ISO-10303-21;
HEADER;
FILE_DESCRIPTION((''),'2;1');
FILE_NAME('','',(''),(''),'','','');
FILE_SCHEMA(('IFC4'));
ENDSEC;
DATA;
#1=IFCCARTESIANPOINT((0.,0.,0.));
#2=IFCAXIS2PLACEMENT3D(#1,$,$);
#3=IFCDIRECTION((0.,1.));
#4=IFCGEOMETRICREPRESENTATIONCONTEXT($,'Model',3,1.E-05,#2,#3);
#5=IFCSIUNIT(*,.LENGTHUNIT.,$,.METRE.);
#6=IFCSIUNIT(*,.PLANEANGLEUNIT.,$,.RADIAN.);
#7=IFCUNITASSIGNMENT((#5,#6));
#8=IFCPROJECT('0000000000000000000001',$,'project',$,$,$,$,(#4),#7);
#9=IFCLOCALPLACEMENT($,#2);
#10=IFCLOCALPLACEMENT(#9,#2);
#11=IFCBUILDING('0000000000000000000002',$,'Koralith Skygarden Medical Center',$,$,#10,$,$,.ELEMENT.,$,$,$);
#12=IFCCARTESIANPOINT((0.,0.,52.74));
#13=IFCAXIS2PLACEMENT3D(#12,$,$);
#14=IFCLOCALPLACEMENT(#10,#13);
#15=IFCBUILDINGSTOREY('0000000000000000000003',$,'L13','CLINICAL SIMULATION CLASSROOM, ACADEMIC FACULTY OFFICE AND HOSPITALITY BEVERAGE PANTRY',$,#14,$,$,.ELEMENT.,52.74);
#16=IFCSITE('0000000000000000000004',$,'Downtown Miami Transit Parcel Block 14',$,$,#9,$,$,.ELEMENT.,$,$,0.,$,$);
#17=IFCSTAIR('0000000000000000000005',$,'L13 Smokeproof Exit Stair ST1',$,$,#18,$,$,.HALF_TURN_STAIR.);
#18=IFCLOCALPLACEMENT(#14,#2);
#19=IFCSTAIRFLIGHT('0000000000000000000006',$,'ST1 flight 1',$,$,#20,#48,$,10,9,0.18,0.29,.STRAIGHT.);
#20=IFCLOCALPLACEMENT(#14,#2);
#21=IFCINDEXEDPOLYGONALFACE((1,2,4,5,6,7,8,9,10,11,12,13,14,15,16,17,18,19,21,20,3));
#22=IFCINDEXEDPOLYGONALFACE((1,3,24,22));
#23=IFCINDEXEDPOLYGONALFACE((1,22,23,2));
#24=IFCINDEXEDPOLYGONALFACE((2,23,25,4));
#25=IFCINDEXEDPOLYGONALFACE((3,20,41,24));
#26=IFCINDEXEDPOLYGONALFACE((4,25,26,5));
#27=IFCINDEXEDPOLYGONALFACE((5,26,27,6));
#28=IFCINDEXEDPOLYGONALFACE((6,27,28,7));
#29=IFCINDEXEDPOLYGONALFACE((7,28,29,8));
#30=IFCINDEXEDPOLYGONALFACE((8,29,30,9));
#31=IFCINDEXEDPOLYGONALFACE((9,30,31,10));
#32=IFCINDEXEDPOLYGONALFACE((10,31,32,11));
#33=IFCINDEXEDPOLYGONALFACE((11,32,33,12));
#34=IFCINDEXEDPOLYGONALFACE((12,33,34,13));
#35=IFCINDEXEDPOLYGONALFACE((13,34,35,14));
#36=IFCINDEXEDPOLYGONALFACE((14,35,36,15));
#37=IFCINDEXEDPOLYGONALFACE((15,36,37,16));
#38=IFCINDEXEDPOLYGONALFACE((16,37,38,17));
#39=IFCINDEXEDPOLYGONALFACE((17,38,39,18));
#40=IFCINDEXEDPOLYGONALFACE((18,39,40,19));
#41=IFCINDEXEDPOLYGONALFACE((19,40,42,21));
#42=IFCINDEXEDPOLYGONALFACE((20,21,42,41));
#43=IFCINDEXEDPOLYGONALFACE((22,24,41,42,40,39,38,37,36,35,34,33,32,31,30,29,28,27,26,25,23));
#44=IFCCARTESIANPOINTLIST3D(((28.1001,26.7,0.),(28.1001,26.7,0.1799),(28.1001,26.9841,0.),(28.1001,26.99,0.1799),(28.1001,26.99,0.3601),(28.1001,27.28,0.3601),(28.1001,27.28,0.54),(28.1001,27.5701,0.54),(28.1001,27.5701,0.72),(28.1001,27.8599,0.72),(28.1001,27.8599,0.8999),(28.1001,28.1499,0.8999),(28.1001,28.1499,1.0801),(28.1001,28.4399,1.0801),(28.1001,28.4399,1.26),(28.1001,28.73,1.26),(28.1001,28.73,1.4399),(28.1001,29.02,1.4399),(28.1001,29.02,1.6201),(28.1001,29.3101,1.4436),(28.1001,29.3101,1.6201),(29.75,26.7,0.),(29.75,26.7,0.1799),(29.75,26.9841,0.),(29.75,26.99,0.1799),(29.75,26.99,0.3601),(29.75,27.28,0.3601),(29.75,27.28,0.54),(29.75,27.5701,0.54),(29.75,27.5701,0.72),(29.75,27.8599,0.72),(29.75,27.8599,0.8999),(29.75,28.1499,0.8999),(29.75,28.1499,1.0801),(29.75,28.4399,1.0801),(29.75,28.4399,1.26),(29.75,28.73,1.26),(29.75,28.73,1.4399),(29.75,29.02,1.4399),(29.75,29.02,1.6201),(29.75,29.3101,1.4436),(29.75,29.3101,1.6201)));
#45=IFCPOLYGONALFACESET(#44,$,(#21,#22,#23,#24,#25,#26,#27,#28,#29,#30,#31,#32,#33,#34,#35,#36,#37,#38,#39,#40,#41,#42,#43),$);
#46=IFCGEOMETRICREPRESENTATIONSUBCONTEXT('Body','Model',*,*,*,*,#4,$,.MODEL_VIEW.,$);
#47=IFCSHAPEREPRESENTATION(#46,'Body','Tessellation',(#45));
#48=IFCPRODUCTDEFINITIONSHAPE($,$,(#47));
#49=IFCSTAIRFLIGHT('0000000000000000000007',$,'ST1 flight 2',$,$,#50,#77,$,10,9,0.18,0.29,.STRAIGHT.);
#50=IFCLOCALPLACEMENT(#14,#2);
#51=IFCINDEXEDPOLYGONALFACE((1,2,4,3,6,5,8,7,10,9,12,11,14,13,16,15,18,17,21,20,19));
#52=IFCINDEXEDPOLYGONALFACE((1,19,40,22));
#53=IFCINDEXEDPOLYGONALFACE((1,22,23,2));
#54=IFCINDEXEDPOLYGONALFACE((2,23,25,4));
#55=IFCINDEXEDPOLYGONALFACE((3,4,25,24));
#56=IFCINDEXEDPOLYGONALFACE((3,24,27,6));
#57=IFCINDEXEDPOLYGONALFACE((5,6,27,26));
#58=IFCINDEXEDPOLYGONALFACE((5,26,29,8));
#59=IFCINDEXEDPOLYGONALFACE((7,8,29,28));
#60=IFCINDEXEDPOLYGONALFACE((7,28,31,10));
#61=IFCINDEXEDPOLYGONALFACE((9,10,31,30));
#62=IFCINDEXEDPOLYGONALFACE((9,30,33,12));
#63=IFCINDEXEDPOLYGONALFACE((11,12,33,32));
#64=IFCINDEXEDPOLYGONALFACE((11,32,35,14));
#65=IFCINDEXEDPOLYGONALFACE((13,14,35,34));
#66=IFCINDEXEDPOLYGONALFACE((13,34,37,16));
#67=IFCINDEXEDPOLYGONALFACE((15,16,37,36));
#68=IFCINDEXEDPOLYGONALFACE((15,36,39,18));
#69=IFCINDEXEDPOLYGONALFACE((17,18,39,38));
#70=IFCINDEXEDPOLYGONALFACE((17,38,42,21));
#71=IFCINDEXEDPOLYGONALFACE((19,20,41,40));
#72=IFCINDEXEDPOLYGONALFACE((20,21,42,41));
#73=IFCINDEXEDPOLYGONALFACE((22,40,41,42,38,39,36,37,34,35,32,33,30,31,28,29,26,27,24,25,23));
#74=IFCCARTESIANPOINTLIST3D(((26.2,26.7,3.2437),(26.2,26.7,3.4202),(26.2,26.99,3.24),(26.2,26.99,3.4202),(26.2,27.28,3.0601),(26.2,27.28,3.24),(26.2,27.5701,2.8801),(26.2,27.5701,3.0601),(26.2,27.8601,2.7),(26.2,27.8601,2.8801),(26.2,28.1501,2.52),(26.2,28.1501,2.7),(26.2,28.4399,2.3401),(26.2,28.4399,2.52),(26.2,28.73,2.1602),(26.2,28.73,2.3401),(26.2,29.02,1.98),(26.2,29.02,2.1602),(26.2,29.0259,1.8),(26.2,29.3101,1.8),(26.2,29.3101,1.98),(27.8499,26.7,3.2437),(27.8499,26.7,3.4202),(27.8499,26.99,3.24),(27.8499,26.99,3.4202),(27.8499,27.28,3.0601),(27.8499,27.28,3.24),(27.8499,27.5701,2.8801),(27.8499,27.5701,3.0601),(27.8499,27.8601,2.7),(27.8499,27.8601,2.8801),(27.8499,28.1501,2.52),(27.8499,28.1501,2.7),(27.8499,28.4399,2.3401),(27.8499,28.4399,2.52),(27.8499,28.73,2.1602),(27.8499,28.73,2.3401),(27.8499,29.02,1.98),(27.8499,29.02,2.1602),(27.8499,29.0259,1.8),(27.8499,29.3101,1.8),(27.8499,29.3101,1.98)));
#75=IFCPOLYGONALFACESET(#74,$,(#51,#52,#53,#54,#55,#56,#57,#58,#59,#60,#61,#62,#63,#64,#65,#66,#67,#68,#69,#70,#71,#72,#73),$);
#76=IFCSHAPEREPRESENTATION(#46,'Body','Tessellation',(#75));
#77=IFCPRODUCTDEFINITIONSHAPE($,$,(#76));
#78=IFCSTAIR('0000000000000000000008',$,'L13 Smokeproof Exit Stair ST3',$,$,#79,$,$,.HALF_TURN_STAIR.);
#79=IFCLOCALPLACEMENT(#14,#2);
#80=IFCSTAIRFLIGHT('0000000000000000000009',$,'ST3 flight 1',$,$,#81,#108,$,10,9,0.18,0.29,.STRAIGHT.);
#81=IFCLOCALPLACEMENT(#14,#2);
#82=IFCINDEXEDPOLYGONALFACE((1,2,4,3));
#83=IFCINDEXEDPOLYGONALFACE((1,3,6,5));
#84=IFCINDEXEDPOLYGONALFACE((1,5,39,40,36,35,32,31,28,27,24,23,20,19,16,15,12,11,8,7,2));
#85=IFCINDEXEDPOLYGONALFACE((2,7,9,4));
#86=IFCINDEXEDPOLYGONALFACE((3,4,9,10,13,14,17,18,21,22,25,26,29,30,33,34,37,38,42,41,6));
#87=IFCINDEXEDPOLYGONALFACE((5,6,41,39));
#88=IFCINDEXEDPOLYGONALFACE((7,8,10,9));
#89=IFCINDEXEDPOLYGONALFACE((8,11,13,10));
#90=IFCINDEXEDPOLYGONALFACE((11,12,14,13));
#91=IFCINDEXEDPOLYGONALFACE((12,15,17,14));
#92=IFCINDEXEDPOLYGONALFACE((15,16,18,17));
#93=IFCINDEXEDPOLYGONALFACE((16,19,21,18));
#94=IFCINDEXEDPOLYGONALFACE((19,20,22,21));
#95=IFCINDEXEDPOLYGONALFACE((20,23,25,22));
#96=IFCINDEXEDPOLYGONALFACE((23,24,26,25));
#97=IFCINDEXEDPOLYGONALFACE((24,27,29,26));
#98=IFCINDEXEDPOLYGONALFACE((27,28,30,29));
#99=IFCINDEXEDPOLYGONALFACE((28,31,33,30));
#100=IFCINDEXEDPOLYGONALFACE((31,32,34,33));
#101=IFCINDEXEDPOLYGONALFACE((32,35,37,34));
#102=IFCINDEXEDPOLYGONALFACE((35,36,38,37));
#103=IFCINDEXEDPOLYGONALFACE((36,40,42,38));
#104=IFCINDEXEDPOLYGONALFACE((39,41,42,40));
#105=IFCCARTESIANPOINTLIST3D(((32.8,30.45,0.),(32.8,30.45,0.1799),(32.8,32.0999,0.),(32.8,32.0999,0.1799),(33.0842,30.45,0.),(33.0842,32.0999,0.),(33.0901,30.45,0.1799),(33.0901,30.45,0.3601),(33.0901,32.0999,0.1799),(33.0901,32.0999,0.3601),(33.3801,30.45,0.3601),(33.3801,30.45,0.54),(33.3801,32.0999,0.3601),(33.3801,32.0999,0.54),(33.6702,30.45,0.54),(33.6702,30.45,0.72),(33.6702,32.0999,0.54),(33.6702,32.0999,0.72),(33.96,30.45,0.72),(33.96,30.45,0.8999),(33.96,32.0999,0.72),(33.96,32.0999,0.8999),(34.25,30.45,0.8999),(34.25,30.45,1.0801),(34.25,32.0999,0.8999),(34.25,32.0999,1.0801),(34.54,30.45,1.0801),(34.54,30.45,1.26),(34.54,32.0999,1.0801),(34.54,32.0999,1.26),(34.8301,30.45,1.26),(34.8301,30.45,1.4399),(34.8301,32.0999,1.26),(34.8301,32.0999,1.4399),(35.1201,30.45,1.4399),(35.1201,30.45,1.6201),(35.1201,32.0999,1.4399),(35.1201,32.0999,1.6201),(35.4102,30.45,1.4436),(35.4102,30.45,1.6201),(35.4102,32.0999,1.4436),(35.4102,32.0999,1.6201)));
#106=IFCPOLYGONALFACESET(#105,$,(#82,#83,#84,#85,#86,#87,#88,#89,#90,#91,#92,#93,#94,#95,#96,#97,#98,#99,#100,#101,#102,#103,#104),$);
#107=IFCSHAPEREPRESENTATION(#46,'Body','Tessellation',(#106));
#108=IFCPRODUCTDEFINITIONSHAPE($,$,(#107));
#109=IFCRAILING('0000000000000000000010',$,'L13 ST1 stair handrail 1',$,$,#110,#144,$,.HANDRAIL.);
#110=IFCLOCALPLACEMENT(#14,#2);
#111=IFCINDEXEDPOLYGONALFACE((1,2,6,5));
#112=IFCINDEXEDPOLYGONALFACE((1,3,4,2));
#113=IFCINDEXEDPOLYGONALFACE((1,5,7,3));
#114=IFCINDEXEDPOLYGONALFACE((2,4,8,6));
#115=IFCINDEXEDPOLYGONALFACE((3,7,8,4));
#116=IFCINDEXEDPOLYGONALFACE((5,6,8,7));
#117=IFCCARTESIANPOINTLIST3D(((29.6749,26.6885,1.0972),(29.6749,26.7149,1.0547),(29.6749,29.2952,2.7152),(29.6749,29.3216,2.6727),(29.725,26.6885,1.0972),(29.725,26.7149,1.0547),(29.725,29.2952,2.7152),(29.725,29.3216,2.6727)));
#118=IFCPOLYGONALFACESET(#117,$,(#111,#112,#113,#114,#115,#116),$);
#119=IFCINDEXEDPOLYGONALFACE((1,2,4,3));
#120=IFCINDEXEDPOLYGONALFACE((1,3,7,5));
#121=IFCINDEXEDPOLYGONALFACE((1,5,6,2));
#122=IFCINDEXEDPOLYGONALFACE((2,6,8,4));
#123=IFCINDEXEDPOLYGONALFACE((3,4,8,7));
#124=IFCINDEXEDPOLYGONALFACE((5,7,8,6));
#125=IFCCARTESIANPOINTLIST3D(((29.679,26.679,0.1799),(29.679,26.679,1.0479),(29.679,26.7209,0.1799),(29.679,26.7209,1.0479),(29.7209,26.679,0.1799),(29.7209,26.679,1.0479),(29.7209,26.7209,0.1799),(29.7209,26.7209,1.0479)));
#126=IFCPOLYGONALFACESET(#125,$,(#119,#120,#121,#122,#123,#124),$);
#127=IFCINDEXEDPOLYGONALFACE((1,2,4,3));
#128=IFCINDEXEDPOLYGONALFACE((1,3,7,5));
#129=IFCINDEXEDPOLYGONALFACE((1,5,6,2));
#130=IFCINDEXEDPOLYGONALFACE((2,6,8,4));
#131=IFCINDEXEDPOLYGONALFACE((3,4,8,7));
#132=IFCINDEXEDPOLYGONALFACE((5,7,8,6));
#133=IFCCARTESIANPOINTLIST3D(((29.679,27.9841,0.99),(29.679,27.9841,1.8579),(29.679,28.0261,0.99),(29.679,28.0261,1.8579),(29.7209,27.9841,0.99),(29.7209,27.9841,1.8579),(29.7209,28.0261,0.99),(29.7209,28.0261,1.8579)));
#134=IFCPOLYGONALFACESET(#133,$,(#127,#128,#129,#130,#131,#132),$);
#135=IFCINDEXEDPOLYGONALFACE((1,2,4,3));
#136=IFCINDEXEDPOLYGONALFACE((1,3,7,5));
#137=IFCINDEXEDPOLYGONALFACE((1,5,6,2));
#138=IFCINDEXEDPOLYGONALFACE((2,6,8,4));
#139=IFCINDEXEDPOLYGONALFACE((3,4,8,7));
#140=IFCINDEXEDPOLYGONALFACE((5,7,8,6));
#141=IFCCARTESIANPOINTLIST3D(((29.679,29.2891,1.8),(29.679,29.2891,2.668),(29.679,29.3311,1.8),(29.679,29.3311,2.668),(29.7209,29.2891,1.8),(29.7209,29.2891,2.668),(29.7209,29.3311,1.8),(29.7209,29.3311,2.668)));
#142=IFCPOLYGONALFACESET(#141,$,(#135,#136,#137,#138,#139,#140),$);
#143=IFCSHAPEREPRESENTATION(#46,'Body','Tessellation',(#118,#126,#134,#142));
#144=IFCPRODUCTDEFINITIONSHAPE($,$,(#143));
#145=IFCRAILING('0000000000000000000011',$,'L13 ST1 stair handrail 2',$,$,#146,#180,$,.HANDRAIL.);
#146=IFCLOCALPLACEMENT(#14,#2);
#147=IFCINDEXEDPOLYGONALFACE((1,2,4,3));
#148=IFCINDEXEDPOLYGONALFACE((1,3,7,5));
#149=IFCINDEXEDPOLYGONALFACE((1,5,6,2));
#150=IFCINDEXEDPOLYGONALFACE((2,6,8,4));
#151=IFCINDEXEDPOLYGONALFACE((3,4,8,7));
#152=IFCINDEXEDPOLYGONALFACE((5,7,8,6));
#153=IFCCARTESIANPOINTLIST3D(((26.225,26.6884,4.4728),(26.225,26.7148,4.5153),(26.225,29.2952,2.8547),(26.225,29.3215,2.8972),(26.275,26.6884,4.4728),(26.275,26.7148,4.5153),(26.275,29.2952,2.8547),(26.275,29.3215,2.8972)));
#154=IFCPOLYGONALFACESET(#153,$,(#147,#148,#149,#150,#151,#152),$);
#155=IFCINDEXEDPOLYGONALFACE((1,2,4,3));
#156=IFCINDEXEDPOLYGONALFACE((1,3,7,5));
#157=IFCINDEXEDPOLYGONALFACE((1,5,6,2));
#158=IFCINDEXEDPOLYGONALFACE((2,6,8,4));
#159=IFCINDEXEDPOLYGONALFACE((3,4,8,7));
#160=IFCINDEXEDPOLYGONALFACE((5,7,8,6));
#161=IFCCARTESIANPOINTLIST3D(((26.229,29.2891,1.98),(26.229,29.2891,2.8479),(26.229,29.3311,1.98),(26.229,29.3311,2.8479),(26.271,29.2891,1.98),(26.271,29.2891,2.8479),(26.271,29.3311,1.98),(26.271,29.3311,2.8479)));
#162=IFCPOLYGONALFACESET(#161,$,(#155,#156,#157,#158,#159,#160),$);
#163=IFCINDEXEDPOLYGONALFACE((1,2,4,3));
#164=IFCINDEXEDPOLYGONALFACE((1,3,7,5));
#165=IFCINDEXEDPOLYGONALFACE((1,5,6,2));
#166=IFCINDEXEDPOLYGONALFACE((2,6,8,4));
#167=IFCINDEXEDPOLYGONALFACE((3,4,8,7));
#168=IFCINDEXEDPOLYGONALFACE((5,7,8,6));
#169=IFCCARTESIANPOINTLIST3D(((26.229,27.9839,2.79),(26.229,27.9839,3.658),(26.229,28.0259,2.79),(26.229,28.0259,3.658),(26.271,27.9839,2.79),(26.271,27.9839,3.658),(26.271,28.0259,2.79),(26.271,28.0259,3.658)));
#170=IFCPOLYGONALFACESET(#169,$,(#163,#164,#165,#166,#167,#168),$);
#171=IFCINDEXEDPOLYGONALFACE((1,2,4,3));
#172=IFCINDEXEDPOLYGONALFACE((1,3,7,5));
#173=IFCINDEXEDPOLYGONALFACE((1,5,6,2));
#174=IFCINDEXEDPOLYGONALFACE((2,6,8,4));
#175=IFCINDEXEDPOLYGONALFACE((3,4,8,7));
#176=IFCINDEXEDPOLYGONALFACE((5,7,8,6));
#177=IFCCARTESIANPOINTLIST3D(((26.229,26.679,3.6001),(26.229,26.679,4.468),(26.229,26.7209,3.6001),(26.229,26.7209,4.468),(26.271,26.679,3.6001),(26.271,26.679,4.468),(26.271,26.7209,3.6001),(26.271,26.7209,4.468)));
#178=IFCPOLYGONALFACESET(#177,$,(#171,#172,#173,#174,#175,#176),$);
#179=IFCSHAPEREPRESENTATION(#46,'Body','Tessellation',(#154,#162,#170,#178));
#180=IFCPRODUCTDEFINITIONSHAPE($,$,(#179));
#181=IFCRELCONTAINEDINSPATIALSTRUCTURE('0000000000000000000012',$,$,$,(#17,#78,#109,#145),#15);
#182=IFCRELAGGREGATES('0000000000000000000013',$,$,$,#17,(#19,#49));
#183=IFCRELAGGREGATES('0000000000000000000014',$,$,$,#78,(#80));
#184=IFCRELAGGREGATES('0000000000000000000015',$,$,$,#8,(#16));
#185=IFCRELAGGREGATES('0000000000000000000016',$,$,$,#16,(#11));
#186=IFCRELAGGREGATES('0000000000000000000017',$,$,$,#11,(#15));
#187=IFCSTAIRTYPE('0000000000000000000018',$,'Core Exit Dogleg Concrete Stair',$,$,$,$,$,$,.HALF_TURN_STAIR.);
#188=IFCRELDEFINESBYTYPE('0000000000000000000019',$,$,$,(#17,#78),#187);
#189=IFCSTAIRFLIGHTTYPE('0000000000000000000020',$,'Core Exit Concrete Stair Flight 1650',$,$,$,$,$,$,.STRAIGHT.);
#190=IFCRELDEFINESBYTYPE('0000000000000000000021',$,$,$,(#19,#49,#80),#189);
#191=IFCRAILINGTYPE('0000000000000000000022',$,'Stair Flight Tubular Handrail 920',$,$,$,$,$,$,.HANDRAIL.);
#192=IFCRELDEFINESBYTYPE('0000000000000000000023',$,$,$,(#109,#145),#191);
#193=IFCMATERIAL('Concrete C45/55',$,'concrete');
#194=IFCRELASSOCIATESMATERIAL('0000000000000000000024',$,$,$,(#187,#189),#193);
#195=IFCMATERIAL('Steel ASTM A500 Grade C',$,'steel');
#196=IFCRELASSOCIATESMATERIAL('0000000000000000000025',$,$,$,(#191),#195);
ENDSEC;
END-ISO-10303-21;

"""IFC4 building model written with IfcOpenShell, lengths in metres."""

from ifc_helpers import new_model, si_unit, direction, frame, origin, origin_2d, place, context, subcontext, project, spatial, polyline, rectangle, outline, extrude, material, type_object, element, aggregate, save


model = new_model("IFC4")

# Units and contexts
model_context = context("Model", 3, precision=1e-05, world=origin(), true_north=direction((0.0, 1.0)))
body_context = subcontext(model_context, "Body", "Model", "MODEL_VIEW")
ifc_project = project(units=[si_unit("LENGTHUNIT", "METRE"), si_unit("PLANEANGLEUNIT", "RADIAN")], contexts=[model_context])

# Site, building, storey
site_placement = place(None, origin())
site = spatial("IfcSite", under=ifc_project, at=site_placement, Name="Downtown Miami Transit Parcel Block 14", CompositionType="ELEMENT", RefElevation=0.0)
building_placement = place(site_placement, origin())
building = spatial("IfcBuilding", under=site, at=building_placement, Name="Koralith Skygarden Medical Center", CompositionType="ELEMENT")
storey_placement = place(building_placement, frame((0.0, 0.0, 52.74)))
storey = spatial("IfcBuildingStorey", under=building, at=storey_placement, Name="L13", Description="CLINICAL SIMULATION CLASSROOM, ACADEMIC FACULTY OFFICE AND HOSPITALITY BEVERAGE PANTRY", CompositionType="ELEMENT", Elevation=52.74)

# Shared definitions
ifc_material_1 = material(Name="Concrete C45/55", Category="concrete")

# Stair, stair flights
stair_type = type_object("IfcStairType", Name="Core Exit Dogleg Concrete Stair", PredefinedType="HALF_TURN_STAIR", material=ifc_material_1)
stair_1_placement = place(storey_placement, origin())
stair_1 = element("IfcStair", 1, at=stair_1_placement, inside=storey, type_object=stair_type, Name="L13 Smokeproof Exit Stair ST1", PredefinedType="HALF_TURN_STAIR")
stair_flight_type = type_object("IfcStairFlightType", Name="Core Exit Concrete Stair Flight 1650", PredefinedType="STRAIGHT", material=ifc_material_1)
stair_flight_1_placement = place(storey_placement, frame((28.925, 26.7, 0.0), z_axis=(0.0, 0.0, 1.0), x_axis=(0.0, 1.0, 0.0)))
stair_flight_1 = element("IfcStairFlight", 2, at=stair_flight_1_placement, type_object=stair_flight_type, Name="ST1 flight 1", NumberOfRisers=10, NumberOfTreads=9, PredefinedType="STRAIGHT", RiserHeight=0.18, TreadLength=0.29, context=body_context, shape_type="SweptSolid", body=[
    extrude(outline(polyline([(0.0, 0.0), (0.0, 0.1799), (0.29, 0.1799), (0.29, 0.3601), (0.5801, 0.3601), (0.5801, 0.54), (0.8701, 0.54), (0.8701, 0.72), (1.1599, 0.72), (1.1599, 0.8999), (1.45, 0.8999), (1.45, 1.0801), (1.74, 1.0801), (1.74, 1.26), (2.03, 1.26), (2.03, 1.4399), (2.3201, 1.4399), (2.3201, 1.6201), (2.6101, 1.6201), (2.6101, 1.8), (2.6101, 1.4436), (0.2842, 0.0), (0.0, 0.0)])), frame((0.0, 0.825, 0.0), z_axis=(0.0, -1.0, 0.0), x_axis=(1.0, 0.0, 0.0)), (0.0, 0.0, 1.0), 1.6499),
])
stair_flight_2_placement = place(storey_placement, frame((27.0249, 29.3101, 1.8), z_axis=(0.0, 0.0, 1.0), x_axis=(0.0, -1.0, 0.0)))
stair_flight_2 = element("IfcStairFlight", 3, at=stair_flight_2_placement, type_object=stair_flight_type, Name="ST1 flight 2", NumberOfRisers=10, NumberOfTreads=9, PredefinedType="STRAIGHT", RiserHeight=0.18, TreadLength=0.29, context=body_context, shape_type="SweptSolid", body=[
    extrude(outline(polyline([(0.0, 0.0), (0.0, 0.1799), (0.29, 0.1799), (0.29, 0.3601), (0.5801, 0.3601), (0.5801, 0.54), (0.8701, 0.54), (0.8701, 0.72), (1.1599, 0.72), (1.1599, 0.8999), (1.45, 0.8999), (1.45, 1.0801), (1.74, 1.0801), (1.74, 1.26), (2.03, 1.26), (2.03, 1.4399), (2.3201, 1.4399), (2.3201, 1.6201), (2.6101, 1.6201), (2.6101, 1.8), (2.6101, 1.4436), (0.2842, 0.0), (0.0, 0.0)])), frame((0.0, 0.825, 0.0), z_axis=(0.0, -1.0, 0.0), x_axis=(1.0, 0.0, 0.0)), (0.0, 0.0, 1.0), 1.6499),
])
aggregate(stair_1, [stair_flight_1, stair_flight_2])

# Stair, stair flight
stair_2_placement = place(storey_placement, origin())
stair_2 = element("IfcStair", 4, at=stair_2_placement, inside=storey, type_object=stair_type, Name="L13 Smokeproof Exit Stair ST3", PredefinedType="HALF_TURN_STAIR")
stair_flight_3_placement = place(storey_placement, frame((32.8, 31.2749, 0.0), z_axis=(0.0, 0.0, 1.0), x_axis=(1.0, 0.0, 0.0)))
stair_flight_3 = element("IfcStairFlight", 5, at=stair_flight_3_placement, type_object=stair_flight_type, Name="ST3 flight 1", NumberOfRisers=10, NumberOfTreads=9, PredefinedType="STRAIGHT", RiserHeight=0.18, TreadLength=0.29, context=body_context, shape_type="SweptSolid", body=[
    extrude(outline(polyline([(0.0, 0.0), (0.0, 0.1799), (0.29, 0.1799), (0.29, 0.3601), (0.5801, 0.3601), (0.5801, 0.54), (0.8701, 0.54), (0.8701, 0.72), (1.1599, 0.72), (1.1599, 0.8999), (1.45, 0.8999), (1.45, 1.0801), (1.74, 1.0801), (1.74, 1.26), (2.03, 1.26), (2.03, 1.4399), (2.3201, 1.4399), (2.3201, 1.6201), (2.6101, 1.6201), (2.6101, 1.8), (2.6101, 1.4436), (0.2842, 0.0), (0.0, 0.0)])), frame((0.0, 0.825, 0.0), z_axis=(0.0, -1.0, 0.0), x_axis=(1.0, 0.0, 0.0)), (0.0, 0.0, 1.0), 1.6499),
])
aggregate(stair_2, [stair_flight_3])

# Railings
ifc_material_2 = material(Name="Steel ASTM A500 Grade C", Category="steel")
railing_type_1 = type_object("IfcRailingType", Name="Stair Flight Tubular Handrail 920", PredefinedType="HANDRAIL", material=ifc_material_2)
railing_1_placement = place(storey_placement, frame((29.7, 26.7, 0.1799)))
element("IfcRailing", 6, at=railing_1_placement, inside=storey, type_object=railing_type_1, Name="L13 ST1 stair handrail 1", PredefinedType="HANDRAIL", context=body_context, shape_type="SweptSolid", body=[
    extrude(rectangle(XDim=0.05, YDim=0.05, at=origin_2d()), frame((0.0, 0.0017, 0.896), z_axis=(0.0, 0.849633, 0.527375), x_axis=(-1.0, 0.0, 0.0)), (0.0, 0.0, 1.0), 3.0681),
    extrude(rectangle(XDim=0.042, YDim=0.042, at=origin_2d()), origin(), (0.0, 0.0, 1.0), 0.8679),
    extrude(rectangle(XDim=0.042, YDim=0.042, at=origin_2d()), frame((0.0, 1.3052, 0.8101)), (0.0, 0.0, 1.0), 0.8679),
    extrude(rectangle(XDim=0.042, YDim=0.042, at=origin_2d()), frame((0.0, 2.6101, 1.6201)), (0.0, 0.0, 1.0), 0.8679),
])
railing_2_placement = place(storey_placement, frame((26.25, 29.3101, 1.98)))
element("IfcRailing", 7, at=railing_2_placement, inside=storey, type_object=railing_type_1, Name="L13 ST1 stair handrail 2", PredefinedType="HANDRAIL", context=body_context, shape_type="SweptSolid", body=[
    extrude(rectangle(XDim=0.05, YDim=0.05, at=origin_2d()), frame((0.0, -0.0017, 0.896), z_axis=(0.0, -0.849633, 0.527375), x_axis=(1.0, 0.0, 0.0)), (0.0, 0.0, 1.0), 3.0681),
    extrude(rectangle(XDim=0.042, YDim=0.042, at=origin_2d()), origin(), (0.0, 0.0, 1.0), 0.8679),
    extrude(rectangle(XDim=0.042, YDim=0.042, at=origin_2d()), frame((0.0, -1.3052, 0.8101)), (0.0, 0.0, 1.0), 0.8679),
    extrude(rectangle(XDim=0.042, YDim=0.042, at=origin_2d()), frame((0.0, -2.6101, 1.6201)), (0.0, 0.0, 1.0), 0.8679),
])

save(model, "model.ifc")
